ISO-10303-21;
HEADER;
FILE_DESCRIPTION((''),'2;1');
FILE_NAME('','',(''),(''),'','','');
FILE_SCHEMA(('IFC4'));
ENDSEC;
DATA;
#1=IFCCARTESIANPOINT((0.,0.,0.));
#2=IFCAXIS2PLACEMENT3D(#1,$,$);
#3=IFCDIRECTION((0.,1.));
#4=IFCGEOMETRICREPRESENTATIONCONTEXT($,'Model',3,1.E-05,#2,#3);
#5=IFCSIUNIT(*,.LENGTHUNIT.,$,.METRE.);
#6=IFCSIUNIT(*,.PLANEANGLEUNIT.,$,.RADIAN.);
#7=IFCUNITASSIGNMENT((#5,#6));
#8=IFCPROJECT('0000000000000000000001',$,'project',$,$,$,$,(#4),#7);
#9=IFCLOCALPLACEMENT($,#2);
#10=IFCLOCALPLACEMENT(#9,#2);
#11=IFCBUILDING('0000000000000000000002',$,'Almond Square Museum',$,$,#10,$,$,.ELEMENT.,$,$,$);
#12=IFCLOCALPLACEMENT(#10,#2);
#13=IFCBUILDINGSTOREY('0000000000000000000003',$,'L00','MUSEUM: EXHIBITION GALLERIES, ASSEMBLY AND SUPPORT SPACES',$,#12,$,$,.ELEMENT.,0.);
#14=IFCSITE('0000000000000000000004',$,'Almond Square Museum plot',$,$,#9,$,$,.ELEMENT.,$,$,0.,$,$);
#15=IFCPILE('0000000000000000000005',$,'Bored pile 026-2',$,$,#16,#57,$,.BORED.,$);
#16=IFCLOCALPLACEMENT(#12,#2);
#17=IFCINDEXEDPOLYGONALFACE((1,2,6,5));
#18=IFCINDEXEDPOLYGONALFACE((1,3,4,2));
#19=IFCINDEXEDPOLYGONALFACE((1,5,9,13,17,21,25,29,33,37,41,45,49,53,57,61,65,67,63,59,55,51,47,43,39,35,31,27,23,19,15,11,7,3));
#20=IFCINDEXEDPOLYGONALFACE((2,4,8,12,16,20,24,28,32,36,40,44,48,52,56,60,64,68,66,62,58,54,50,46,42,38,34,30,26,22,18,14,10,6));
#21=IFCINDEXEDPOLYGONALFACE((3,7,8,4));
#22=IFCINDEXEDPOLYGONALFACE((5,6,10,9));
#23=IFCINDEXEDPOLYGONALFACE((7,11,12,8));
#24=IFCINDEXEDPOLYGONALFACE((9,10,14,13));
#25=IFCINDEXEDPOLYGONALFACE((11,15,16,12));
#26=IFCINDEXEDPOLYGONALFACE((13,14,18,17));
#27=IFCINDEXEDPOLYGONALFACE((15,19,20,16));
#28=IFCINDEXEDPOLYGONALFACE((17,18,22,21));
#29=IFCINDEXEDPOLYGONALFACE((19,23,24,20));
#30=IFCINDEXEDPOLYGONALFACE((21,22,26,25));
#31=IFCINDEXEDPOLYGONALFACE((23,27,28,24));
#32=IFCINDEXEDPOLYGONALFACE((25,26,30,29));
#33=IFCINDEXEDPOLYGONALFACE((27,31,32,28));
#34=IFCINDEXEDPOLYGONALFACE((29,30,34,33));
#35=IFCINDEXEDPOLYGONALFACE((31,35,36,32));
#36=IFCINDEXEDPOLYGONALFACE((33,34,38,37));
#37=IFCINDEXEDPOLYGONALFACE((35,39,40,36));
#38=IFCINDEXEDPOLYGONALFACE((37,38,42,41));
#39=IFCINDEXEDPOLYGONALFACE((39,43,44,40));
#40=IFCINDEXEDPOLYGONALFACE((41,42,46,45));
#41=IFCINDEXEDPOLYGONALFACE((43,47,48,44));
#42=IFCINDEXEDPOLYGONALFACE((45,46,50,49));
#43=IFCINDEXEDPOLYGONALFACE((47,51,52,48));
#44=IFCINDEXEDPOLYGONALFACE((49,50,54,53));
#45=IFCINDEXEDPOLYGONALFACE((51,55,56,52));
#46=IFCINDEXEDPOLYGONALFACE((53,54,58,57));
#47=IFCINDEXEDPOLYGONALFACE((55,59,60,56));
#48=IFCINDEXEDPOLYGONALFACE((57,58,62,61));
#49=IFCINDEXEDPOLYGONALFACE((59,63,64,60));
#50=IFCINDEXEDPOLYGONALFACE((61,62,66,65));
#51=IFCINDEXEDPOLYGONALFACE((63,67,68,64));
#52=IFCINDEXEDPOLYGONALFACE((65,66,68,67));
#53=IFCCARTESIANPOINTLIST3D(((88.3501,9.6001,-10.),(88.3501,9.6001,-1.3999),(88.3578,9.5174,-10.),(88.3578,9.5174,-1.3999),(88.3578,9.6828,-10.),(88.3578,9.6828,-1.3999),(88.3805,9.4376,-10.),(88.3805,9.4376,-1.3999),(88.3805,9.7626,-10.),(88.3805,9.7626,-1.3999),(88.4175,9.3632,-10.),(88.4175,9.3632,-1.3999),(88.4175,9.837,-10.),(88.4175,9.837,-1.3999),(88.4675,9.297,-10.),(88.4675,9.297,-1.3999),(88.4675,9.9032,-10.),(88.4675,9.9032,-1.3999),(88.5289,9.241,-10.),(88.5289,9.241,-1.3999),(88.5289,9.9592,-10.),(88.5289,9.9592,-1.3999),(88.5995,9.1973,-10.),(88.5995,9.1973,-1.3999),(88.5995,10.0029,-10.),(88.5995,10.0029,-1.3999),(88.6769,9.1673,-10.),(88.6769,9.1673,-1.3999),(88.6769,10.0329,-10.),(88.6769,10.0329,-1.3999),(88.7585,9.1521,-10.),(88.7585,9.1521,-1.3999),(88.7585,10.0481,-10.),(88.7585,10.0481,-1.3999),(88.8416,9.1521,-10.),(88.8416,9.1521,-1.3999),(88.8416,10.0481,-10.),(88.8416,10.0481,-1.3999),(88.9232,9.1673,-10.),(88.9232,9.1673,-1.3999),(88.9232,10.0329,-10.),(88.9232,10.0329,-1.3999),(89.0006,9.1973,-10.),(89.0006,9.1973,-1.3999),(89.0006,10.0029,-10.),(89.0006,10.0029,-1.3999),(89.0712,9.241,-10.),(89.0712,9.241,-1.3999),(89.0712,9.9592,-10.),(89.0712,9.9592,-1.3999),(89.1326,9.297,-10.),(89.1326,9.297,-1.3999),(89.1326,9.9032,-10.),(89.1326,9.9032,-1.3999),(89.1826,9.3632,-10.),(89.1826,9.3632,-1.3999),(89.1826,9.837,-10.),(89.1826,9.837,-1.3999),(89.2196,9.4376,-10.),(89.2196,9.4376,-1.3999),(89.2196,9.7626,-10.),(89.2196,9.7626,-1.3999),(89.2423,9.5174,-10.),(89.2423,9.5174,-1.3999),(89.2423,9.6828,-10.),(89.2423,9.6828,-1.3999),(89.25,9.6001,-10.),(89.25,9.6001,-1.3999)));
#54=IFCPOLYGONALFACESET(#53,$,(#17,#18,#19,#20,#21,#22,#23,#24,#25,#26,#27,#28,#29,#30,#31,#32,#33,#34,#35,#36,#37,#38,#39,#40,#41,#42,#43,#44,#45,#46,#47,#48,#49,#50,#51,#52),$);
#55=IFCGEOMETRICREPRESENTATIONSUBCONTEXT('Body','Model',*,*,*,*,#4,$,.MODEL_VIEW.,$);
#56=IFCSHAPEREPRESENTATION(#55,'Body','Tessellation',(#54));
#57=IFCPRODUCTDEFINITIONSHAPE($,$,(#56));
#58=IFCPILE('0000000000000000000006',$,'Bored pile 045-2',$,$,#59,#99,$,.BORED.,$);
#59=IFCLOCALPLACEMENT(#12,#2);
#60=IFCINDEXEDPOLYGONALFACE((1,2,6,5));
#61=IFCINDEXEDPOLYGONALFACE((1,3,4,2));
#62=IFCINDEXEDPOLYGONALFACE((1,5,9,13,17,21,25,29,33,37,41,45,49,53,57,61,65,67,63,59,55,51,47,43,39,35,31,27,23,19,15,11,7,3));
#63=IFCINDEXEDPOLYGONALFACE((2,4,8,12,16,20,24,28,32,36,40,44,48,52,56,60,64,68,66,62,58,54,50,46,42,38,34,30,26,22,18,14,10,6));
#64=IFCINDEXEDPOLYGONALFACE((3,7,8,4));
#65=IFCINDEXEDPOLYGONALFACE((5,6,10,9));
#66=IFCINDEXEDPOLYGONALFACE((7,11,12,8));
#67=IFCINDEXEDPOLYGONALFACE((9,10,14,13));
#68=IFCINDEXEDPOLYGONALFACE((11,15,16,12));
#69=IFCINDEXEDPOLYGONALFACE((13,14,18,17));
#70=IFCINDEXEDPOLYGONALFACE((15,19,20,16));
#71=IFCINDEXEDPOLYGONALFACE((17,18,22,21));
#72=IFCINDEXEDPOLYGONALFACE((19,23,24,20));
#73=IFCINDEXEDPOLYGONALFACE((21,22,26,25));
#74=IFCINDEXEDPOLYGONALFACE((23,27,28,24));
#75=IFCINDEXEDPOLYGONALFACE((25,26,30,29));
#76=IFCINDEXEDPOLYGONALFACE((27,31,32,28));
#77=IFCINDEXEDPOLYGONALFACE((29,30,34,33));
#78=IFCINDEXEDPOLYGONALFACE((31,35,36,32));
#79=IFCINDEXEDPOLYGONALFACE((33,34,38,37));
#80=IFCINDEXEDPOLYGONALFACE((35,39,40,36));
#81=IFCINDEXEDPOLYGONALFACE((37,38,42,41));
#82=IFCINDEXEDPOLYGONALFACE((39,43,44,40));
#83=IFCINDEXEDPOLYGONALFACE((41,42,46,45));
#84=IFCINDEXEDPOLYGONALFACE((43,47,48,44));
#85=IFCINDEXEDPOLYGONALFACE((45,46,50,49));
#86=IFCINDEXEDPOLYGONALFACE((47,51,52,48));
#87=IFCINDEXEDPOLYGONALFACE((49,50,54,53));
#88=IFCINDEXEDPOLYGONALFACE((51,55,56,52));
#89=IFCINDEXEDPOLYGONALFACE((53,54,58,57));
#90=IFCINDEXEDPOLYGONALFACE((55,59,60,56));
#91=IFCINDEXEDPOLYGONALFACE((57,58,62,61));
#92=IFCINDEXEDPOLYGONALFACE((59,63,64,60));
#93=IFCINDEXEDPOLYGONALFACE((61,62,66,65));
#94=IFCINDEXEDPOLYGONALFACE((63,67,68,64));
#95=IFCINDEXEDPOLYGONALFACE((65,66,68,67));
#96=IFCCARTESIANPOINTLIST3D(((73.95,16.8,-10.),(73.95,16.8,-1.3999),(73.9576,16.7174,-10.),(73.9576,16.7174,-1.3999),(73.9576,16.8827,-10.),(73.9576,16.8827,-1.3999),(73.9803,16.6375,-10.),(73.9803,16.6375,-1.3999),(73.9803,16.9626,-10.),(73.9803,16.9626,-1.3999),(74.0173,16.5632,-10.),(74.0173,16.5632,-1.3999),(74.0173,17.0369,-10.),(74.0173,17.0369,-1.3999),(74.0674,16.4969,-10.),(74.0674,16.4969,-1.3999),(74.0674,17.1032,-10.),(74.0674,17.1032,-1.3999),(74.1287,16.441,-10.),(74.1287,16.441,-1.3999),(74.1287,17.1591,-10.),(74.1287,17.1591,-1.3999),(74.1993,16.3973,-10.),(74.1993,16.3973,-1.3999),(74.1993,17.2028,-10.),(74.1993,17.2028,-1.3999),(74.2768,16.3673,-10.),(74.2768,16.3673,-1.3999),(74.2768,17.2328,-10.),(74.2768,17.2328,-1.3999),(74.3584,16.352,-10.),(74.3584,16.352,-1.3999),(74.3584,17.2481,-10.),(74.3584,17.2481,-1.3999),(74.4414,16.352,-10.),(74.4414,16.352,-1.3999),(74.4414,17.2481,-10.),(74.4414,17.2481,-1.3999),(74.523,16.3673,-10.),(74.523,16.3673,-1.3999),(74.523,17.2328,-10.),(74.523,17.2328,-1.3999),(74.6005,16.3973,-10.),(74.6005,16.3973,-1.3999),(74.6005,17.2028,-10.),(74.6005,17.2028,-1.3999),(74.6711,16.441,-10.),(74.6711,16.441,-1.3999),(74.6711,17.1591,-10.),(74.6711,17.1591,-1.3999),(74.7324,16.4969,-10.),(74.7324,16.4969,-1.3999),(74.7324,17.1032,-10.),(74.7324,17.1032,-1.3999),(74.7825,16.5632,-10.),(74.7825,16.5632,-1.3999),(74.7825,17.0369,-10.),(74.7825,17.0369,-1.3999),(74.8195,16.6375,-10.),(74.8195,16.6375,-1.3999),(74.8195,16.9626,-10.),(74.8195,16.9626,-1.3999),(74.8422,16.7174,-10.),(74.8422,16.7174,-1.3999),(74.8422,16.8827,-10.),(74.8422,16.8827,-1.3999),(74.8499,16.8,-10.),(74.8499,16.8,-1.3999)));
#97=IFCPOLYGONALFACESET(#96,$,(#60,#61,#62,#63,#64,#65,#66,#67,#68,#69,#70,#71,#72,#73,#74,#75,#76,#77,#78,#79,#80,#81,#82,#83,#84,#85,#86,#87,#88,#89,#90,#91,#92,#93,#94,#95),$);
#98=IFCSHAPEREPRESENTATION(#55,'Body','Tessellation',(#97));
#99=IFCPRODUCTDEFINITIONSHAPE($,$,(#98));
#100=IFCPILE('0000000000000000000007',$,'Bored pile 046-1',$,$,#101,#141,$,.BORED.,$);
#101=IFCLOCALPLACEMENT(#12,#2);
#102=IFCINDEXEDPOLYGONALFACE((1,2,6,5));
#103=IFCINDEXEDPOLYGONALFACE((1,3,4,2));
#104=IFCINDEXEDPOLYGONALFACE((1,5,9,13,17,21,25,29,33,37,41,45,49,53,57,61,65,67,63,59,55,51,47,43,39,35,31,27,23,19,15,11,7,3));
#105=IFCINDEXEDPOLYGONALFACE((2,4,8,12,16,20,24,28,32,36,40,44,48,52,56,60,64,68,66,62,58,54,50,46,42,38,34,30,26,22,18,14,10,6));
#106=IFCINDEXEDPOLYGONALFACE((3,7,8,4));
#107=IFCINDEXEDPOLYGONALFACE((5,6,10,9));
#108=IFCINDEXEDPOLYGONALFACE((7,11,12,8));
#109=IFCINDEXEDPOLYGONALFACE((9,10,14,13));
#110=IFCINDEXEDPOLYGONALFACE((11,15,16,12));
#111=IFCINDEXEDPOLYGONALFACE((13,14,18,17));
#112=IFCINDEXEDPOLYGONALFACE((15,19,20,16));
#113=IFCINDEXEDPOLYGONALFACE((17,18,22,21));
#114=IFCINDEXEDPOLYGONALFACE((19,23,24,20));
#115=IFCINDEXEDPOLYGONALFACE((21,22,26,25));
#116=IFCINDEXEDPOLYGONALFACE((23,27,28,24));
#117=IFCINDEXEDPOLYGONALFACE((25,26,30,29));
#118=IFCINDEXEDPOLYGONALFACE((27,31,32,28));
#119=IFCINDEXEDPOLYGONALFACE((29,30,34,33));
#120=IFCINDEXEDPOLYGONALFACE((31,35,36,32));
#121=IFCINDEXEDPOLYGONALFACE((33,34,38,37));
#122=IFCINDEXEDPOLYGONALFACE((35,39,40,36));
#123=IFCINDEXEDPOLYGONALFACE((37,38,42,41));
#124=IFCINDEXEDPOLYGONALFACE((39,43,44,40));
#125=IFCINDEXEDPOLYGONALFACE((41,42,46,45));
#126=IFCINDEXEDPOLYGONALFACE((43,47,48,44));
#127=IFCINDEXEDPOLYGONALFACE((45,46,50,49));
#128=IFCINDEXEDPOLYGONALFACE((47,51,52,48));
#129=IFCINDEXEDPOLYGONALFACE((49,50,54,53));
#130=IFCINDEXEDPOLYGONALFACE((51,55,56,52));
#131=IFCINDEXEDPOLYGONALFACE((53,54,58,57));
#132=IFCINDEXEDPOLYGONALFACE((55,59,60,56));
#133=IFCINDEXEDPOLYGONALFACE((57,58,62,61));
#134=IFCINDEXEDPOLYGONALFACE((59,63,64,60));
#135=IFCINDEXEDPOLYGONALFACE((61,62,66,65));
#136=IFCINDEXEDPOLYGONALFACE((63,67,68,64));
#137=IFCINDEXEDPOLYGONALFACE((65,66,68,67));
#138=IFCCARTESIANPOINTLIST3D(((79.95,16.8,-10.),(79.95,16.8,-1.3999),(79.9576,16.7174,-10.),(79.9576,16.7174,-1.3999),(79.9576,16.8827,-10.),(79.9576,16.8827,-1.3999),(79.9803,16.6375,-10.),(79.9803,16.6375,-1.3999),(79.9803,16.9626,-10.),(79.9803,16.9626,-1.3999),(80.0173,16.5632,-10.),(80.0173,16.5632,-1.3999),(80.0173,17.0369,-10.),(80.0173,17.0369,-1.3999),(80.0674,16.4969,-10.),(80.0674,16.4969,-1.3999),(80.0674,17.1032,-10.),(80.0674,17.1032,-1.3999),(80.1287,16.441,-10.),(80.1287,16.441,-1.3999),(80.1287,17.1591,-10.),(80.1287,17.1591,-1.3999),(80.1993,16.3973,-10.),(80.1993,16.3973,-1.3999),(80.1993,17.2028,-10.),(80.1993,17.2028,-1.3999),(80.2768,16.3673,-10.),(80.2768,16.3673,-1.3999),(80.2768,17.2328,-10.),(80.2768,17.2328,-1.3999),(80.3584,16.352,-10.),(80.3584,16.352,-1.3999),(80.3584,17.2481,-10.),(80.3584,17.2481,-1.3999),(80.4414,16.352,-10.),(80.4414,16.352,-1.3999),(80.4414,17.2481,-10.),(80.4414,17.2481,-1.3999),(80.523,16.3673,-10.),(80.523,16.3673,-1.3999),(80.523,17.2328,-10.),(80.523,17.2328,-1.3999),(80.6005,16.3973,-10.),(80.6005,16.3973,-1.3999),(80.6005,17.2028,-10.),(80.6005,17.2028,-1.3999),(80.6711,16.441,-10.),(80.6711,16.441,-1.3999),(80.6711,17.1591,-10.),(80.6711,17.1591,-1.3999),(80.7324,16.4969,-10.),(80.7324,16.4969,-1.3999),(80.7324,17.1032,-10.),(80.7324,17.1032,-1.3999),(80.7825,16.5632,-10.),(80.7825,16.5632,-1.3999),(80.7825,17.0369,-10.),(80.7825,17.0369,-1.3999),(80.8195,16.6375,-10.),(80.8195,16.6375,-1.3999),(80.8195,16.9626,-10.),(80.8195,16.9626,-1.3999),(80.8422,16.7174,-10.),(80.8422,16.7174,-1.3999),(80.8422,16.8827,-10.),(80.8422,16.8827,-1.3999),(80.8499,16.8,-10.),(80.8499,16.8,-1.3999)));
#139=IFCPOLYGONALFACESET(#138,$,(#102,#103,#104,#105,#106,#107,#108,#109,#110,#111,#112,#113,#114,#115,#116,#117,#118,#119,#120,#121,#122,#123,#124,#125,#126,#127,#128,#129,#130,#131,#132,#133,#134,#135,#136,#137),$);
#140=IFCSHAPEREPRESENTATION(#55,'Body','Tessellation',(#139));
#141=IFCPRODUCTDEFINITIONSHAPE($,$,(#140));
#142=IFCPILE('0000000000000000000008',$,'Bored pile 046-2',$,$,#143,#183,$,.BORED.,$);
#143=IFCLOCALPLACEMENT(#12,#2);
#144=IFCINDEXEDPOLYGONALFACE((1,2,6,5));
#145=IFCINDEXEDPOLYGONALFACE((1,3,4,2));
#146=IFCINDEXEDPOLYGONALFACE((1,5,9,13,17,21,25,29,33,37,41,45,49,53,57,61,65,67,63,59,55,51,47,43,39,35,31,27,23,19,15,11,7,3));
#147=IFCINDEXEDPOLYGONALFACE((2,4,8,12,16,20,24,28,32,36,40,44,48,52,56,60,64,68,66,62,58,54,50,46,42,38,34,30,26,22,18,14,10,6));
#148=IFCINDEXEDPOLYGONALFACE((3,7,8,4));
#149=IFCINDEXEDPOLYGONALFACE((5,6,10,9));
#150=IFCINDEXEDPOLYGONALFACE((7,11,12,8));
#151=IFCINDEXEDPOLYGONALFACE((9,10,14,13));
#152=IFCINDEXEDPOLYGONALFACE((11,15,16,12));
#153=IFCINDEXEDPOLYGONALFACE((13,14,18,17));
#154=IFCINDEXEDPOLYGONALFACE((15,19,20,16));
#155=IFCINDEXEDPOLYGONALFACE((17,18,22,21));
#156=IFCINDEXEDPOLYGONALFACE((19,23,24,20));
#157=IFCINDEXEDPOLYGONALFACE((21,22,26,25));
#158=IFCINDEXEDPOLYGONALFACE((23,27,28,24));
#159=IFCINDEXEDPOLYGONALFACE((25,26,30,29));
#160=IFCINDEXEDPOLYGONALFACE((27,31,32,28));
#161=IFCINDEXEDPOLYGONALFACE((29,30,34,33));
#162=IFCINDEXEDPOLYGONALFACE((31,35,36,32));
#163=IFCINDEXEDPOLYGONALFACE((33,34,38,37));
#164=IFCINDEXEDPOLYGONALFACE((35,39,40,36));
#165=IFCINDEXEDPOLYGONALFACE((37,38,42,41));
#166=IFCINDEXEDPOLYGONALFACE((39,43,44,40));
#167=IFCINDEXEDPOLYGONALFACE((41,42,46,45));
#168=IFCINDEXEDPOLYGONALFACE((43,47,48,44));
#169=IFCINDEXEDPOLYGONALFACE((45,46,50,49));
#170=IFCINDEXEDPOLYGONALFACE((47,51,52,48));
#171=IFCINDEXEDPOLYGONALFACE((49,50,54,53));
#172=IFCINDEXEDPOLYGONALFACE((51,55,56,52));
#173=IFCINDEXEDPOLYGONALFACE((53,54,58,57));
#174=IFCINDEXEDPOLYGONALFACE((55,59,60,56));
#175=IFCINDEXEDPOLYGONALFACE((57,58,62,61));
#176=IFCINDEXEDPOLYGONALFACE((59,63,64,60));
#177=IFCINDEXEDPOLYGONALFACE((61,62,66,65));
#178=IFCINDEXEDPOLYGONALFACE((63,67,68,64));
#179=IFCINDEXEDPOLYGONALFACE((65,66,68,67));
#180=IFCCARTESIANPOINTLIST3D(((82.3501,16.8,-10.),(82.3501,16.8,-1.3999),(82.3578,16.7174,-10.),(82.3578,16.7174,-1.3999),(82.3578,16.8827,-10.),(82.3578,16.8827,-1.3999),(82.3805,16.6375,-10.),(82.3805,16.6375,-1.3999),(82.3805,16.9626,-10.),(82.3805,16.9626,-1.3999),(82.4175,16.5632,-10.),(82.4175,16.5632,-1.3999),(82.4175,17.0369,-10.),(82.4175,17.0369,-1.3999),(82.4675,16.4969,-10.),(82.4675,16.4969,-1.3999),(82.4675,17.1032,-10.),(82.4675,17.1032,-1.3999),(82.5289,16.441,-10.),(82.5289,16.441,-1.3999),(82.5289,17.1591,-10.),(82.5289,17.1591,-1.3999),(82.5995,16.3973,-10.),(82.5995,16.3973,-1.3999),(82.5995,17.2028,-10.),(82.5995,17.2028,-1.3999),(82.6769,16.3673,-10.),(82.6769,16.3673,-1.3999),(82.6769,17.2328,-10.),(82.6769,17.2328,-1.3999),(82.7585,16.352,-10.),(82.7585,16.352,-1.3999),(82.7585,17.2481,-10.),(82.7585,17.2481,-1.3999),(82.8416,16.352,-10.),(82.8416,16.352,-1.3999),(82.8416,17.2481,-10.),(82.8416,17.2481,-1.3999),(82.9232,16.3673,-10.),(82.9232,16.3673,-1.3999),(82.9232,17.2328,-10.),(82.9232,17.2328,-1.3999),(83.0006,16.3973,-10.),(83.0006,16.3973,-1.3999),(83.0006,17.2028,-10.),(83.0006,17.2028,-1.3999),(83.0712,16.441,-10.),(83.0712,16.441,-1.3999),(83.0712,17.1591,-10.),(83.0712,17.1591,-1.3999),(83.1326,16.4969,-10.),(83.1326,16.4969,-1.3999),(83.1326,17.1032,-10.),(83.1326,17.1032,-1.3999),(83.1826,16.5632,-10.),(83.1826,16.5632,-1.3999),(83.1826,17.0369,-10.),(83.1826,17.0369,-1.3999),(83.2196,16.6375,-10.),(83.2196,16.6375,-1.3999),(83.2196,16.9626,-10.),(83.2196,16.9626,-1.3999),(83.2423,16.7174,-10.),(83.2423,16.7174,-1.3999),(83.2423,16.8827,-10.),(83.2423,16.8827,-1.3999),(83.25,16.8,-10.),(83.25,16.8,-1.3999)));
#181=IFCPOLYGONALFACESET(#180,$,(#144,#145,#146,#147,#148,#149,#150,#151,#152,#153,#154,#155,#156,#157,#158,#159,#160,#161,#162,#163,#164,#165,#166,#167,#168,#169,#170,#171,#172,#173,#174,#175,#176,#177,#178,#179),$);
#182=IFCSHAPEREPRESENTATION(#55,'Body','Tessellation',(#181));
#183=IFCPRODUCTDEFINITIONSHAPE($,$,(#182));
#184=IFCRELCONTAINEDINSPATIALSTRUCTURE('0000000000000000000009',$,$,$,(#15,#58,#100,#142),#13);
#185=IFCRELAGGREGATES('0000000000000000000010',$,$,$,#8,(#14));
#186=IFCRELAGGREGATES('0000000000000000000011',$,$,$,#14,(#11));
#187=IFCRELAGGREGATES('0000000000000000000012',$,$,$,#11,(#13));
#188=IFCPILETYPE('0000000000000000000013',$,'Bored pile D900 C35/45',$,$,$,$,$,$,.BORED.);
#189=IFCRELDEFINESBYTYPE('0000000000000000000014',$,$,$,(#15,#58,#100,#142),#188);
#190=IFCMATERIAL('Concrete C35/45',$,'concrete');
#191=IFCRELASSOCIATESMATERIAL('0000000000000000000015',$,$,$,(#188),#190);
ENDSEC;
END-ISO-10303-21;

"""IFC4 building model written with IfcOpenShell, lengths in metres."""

from ifc_helpers import new_model, si_unit, direction, frame, origin, origin_2d, place, context, subcontext, project, spatial, circle, extrude, material, material_profile, profile_set, type_object, element, save


model = new_model("IFC4")

# Units and contexts
model_context = context("Model", 3, precision=1e-05, world=origin(), true_north=direction((0.0, 1.0)))
body_context = subcontext(model_context, "Body", "Model", "MODEL_VIEW")
ifc_project = project(units=[si_unit("LENGTHUNIT", "METRE"), si_unit("PLANEANGLEUNIT", "RADIAN")], contexts=[model_context])

# Site, building, storey
site_placement = place(None, origin())
site = spatial("IfcSite", under=ifc_project, at=site_placement, Name="Almond Square Museum plot", CompositionType="ELEMENT", RefElevation=0.0)
building_placement = place(site_placement, origin())
building = spatial("IfcBuilding", under=site, at=building_placement, Name="Almond Square Museum", CompositionType="ELEMENT")
storey_placement = place(building_placement, origin())
storey = spatial("IfcBuildingStorey", under=building, at=storey_placement, Name="L00", Description="MUSEUM: EXHIBITION GALLERIES, ASSEMBLY AND SUPPORT SPACES", CompositionType="ELEMENT", Elevation=0.0)

# Piles
ifc_material_1 = material(Name="Concrete C35/45", Category="concrete")
ifc_material_profile_1 = material_profile(ifc_material_1, circle(Radius=0.45, at=origin_2d()))
ifc_profile_set_1 = profile_set([ifc_material_profile_1], Name="Concrete C35/45")
pile_type_1 = type_object("IfcPileType", Name="Bored pile D900 C35/45", PredefinedType="BORED", material=ifc_profile_set_1)
for number, where, z_axis, x_axis, name in (
    (1, (88.8, 9.6001, -1.3999), (0.0, 0.0, -1.0), (1.0, 0.0, 0.0), "Bored pile 026-2"),
    (2, (74.3999, 16.8, -1.3999), (0.0, 0.0, -1.0), (1.0, 0.0, 0.0), "Bored pile 045-2"),
    (3, (80.3999, 16.8, -1.3999), (0.0, 0.0, -1.0), (1.0, 0.0, 0.0), "Bored pile 046-1"),
    (4, (82.8, 16.8, -1.3999), (0.0, 0.0, -1.0), (1.0, 0.0, 0.0), "Bored pile 046-2"),
):
    element("IfcPile", number, at=place(storey_placement, frame(where, z_axis=z_axis, x_axis=x_axis)), inside=storey, type_object=pile_type_1, Name=name, PredefinedType="BORED", context=body_context, shape_type="SweptSolid", body=[
        extrude(circle(Radius=0.45, at=origin_2d()), origin(), (0.0, 0.0, 1.0), 8.6001),
    ])

save(model, "model.ifc")
